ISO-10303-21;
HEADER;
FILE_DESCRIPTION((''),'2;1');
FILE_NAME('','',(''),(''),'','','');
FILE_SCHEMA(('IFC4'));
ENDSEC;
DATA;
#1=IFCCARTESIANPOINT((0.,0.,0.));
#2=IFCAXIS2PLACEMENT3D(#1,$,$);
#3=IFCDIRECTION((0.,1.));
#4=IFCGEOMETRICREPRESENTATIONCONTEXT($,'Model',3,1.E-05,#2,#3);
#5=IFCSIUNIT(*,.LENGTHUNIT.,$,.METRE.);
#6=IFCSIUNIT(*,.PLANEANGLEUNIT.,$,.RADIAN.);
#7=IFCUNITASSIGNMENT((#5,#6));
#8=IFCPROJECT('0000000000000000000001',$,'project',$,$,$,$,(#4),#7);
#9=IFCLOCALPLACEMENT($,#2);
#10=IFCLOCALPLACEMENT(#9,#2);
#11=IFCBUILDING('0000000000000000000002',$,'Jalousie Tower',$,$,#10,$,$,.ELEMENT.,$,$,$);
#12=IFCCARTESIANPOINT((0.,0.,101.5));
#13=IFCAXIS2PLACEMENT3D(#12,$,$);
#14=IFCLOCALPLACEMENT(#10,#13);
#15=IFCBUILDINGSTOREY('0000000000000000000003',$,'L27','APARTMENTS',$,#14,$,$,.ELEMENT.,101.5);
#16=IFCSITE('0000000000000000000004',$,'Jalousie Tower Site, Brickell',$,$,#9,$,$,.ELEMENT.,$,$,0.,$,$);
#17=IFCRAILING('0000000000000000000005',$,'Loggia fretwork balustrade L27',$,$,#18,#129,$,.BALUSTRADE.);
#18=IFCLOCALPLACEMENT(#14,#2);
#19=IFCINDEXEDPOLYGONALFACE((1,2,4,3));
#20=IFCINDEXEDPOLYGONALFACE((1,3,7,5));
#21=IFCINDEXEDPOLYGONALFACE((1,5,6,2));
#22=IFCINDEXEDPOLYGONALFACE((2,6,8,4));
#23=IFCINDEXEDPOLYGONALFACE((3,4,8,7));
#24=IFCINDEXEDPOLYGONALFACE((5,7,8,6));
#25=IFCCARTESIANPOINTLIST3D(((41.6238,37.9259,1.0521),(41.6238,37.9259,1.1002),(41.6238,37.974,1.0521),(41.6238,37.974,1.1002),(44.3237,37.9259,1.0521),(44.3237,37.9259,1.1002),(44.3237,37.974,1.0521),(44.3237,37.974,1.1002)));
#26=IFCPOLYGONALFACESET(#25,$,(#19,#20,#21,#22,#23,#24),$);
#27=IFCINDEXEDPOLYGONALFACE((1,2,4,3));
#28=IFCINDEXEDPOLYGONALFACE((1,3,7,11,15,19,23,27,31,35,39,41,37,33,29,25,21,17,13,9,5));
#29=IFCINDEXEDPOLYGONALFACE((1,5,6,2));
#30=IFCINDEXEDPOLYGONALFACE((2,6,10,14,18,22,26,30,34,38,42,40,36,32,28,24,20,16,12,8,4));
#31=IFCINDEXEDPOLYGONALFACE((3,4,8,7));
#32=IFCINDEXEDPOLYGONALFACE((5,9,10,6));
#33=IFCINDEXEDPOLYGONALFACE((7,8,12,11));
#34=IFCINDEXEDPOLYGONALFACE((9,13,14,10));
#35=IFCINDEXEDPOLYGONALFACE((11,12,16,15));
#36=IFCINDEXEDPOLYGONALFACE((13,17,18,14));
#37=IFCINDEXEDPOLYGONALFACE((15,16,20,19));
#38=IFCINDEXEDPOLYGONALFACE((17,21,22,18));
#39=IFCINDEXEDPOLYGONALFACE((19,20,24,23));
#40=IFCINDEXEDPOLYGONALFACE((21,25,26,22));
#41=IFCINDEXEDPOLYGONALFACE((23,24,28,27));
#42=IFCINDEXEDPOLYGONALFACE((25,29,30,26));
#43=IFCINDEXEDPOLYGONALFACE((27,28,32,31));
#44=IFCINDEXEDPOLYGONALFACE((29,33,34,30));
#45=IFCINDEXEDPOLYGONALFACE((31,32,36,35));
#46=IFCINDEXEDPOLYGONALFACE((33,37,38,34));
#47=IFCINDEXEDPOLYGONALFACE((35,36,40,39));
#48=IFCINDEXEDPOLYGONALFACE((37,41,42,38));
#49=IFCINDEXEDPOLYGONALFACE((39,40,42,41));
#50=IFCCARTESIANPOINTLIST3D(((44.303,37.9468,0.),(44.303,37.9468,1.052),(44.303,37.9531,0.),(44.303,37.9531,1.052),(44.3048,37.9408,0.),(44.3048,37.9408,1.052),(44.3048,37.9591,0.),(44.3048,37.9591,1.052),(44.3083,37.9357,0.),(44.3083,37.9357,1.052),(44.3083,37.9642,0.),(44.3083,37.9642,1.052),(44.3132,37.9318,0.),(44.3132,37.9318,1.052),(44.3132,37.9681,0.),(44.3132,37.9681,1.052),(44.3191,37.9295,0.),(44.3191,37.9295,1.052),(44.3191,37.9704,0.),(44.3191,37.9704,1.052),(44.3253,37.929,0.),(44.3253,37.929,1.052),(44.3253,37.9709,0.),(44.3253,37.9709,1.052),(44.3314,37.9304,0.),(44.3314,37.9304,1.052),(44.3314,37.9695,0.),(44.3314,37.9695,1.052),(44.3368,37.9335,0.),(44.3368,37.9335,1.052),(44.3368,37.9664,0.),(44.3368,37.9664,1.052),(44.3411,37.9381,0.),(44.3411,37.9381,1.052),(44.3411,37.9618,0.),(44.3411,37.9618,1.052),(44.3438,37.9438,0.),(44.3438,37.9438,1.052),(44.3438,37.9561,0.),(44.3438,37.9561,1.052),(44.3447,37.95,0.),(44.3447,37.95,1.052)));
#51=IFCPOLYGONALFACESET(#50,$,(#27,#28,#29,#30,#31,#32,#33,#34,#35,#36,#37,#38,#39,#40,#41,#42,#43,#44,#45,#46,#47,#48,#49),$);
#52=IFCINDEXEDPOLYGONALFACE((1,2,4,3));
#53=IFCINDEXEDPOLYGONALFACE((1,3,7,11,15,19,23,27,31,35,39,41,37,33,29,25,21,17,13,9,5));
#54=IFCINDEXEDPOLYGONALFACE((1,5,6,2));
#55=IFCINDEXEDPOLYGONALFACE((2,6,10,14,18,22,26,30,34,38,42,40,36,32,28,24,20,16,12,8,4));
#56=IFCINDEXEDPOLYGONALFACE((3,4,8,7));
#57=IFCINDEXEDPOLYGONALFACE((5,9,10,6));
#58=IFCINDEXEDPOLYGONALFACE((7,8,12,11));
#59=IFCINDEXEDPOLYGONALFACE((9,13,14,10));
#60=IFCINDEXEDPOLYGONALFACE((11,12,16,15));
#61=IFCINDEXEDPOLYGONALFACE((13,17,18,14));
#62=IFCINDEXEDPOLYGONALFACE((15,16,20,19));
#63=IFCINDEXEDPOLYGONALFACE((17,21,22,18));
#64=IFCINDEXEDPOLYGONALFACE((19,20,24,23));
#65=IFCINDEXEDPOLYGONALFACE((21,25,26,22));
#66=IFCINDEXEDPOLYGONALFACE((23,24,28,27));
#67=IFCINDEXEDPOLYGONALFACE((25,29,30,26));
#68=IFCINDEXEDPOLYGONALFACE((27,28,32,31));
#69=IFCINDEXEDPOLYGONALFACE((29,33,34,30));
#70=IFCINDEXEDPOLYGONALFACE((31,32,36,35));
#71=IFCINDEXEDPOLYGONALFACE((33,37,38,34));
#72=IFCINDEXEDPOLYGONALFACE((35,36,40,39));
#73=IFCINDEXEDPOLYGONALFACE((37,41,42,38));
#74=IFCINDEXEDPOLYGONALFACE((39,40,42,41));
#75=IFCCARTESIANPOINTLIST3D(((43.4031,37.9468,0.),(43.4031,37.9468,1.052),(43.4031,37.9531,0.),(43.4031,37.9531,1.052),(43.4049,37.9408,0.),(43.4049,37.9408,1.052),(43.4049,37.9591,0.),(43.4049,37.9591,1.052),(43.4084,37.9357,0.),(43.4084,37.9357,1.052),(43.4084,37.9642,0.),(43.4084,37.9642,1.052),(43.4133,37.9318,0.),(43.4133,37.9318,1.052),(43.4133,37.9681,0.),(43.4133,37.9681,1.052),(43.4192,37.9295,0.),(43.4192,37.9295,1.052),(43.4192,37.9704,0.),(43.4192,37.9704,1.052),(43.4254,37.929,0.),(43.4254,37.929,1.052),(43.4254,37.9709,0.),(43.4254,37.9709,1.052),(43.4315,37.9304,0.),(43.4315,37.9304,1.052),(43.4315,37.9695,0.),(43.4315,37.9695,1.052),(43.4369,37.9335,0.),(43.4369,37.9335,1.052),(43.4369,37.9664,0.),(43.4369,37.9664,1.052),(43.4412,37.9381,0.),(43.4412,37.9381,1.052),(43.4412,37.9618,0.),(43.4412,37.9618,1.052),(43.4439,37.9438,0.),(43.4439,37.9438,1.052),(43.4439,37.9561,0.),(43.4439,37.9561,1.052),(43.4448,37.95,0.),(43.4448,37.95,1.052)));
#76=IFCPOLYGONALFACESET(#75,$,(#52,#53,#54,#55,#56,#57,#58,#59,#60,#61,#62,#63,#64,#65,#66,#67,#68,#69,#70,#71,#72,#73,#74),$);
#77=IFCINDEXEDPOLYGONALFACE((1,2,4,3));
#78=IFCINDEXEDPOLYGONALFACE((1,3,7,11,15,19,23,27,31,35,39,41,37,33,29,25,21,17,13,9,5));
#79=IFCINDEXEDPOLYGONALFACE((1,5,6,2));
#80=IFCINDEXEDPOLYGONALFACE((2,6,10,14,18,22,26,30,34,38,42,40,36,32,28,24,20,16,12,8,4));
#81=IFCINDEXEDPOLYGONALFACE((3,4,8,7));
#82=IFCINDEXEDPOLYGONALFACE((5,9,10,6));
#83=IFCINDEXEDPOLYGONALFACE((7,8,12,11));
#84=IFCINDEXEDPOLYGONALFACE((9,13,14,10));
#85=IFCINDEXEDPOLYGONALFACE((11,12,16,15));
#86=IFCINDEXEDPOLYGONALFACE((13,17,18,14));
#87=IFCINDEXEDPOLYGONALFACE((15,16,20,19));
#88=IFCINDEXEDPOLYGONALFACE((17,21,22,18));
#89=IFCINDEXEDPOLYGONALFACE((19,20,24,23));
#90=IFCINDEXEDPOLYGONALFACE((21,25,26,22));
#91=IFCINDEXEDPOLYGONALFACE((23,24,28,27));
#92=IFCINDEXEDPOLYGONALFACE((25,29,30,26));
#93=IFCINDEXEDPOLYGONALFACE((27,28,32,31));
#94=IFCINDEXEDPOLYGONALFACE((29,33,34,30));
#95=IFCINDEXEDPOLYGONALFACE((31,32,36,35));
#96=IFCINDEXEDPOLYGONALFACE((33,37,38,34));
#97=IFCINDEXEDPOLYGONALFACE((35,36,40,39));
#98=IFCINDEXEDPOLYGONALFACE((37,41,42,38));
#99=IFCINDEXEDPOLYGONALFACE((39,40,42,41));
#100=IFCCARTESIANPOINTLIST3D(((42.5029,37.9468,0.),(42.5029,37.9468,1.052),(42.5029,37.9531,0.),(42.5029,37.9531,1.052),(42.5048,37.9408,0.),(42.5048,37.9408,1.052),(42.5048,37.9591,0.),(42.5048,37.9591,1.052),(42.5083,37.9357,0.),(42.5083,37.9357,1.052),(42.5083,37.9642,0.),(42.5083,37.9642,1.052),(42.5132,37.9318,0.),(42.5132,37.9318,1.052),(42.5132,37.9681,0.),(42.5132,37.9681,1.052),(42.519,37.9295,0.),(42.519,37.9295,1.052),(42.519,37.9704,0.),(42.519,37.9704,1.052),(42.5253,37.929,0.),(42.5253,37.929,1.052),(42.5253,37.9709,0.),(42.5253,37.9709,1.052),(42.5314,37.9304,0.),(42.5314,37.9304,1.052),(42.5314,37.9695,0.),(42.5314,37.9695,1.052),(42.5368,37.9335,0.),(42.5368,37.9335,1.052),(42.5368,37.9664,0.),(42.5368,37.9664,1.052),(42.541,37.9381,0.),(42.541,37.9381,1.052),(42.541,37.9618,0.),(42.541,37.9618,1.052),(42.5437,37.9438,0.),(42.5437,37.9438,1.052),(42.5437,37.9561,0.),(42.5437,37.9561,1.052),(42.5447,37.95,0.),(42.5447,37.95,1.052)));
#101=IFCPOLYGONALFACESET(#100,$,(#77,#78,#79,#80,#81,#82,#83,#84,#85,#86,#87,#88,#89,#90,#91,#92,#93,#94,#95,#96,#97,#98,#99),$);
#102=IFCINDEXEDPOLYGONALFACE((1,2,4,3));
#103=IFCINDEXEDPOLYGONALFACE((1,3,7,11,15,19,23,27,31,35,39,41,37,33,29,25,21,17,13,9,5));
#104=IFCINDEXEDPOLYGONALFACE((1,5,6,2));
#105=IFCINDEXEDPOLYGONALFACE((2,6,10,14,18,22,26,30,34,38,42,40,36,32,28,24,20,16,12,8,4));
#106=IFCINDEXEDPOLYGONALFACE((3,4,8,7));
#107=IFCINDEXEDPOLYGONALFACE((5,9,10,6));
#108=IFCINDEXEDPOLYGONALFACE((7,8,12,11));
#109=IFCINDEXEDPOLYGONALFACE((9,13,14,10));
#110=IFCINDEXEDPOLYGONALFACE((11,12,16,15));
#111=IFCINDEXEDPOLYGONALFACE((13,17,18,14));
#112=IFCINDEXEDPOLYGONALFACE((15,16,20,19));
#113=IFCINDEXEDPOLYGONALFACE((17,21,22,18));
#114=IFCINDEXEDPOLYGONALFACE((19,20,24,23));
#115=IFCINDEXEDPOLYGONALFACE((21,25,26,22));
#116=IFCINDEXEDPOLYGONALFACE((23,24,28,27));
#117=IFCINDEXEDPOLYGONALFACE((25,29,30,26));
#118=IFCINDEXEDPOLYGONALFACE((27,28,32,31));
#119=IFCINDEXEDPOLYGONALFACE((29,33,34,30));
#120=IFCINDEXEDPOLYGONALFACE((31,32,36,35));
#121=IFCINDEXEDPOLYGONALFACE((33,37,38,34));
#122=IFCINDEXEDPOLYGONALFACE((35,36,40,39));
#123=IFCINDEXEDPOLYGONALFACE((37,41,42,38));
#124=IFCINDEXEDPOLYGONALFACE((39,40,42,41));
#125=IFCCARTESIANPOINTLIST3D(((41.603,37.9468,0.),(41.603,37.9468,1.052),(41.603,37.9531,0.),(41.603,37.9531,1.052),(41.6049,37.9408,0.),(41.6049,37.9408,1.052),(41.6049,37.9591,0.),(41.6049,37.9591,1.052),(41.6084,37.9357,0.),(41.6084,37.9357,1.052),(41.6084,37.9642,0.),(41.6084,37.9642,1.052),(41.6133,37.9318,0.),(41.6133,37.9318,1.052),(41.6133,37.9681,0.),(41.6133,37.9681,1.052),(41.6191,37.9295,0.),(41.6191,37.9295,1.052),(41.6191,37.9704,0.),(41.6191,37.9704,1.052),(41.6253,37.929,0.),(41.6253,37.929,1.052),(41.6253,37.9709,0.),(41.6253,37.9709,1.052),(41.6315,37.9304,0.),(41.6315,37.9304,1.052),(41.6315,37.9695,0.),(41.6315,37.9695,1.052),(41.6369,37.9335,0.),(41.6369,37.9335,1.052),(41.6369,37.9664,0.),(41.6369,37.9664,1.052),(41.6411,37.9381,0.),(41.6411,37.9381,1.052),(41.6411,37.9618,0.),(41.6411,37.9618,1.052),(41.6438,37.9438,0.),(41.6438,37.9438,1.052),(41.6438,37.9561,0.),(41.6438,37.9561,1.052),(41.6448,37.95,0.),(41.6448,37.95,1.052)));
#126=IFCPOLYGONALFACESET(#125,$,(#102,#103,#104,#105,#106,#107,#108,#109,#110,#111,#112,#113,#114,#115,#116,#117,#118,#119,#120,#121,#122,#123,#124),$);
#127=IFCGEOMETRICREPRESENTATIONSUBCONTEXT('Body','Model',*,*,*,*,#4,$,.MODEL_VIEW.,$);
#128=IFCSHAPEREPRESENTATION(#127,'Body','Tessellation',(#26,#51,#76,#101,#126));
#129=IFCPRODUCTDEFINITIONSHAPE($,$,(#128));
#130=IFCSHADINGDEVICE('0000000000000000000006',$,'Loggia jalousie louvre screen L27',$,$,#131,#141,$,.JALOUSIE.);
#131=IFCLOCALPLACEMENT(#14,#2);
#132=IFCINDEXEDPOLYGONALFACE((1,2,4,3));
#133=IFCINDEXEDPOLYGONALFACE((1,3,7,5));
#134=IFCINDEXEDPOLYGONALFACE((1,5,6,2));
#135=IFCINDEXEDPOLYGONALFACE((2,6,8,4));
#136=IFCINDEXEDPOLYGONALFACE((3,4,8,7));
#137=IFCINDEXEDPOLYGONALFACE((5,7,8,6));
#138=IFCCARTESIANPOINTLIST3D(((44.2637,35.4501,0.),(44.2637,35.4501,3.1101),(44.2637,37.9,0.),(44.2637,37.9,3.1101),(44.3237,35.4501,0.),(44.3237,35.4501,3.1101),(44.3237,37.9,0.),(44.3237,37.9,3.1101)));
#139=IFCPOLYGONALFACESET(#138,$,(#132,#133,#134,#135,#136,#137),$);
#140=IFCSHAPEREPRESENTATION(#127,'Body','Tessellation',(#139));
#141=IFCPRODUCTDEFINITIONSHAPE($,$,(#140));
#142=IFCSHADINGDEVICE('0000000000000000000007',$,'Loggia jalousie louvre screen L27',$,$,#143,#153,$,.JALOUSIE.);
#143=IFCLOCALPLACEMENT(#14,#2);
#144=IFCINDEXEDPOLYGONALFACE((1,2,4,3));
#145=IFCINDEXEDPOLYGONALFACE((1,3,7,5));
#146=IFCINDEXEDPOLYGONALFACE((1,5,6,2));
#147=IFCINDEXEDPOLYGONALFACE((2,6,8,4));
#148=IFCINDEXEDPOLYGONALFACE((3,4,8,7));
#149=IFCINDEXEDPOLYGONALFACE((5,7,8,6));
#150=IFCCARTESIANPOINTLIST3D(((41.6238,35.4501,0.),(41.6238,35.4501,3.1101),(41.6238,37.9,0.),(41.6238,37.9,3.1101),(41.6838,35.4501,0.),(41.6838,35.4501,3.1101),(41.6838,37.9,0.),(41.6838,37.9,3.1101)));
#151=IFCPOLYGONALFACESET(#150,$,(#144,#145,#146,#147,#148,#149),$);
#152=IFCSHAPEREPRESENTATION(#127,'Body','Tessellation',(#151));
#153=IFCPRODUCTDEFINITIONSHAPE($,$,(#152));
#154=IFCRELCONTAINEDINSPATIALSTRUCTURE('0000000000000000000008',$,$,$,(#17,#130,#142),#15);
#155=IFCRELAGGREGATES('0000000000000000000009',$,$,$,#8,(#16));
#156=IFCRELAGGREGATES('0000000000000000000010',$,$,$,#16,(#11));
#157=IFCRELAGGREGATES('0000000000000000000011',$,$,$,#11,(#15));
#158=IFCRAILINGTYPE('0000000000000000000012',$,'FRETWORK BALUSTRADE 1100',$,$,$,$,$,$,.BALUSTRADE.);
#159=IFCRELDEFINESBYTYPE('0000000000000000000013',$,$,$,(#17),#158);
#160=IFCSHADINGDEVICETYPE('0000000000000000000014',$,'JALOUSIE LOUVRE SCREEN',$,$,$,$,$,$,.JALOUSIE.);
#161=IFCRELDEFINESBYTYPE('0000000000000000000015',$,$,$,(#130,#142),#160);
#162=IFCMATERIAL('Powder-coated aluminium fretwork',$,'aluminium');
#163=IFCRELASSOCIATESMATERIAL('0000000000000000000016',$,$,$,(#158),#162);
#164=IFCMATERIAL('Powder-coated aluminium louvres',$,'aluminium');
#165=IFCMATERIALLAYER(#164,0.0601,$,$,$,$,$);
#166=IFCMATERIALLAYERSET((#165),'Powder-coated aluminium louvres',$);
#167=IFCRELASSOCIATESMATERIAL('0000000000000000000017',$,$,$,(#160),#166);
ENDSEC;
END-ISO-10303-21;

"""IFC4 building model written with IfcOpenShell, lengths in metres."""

from ifc_helpers import new_model, si_unit, direction, frame, origin, origin_2d, place, context, subcontext, project, spatial, rectangle, circle, extrude, material, layer, layer_set, type_object, element, save


model = new_model("IFC4")

# Units and contexts
model_context = context("Model", 3, precision=1e-05, world=origin(), true_north=direction((0.0, 1.0)))
body_context = subcontext(model_context, "Body", "Model", "MODEL_VIEW")
ifc_project = project(units=[si_unit("LENGTHUNIT", "METRE"), si_unit("PLANEANGLEUNIT", "RADIAN")], contexts=[model_context])

# Site, building, storey
site_placement = place(None, origin())
site = spatial("IfcSite", under=ifc_project, at=site_placement, Name="Jalousie Tower Site, Brickell", CompositionType="ELEMENT", RefElevation=0.0)
building_placement = place(site_placement, origin())
building = spatial("IfcBuilding", under=site, at=building_placement, Name="Jalousie Tower", CompositionType="ELEMENT")
storey_placement = place(building_placement, frame((0.0, 0.0, 101.5)))
storey = spatial("IfcBuildingStorey", under=building, at=storey_placement, Name="L27", Description="APARTMENTS", CompositionType="ELEMENT", Elevation=101.5)

# Railing
ifc_material_1 = material(Name="Powder-coated aluminium fretwork", Category="aluminium")
railing_type = type_object("IfcRailingType", Name="FRETWORK BALUSTRADE 1100", PredefinedType="BALUSTRADE", material=ifc_material_1)
railing_placement = place(storey_placement, frame((44.3237, 37.95, 0.0)))
element("IfcRailing", 1, at=railing_placement, inside=storey, type_object=railing_type, Name="Loggia fretwork balustrade L27", PredefinedType="BALUSTRADE", context=body_context, shape_type="SweptSolid", body=[
    extrude(rectangle(XDim=0.0481, YDim=0.0481, at=origin_2d()), frame((0.0, 0.0, 1.0762), z_axis=(-1.0, 0.0, 0.0), x_axis=(0.0, -1.0, 0.0)), (0.0, 0.0, 1.0), 2.7),
    extrude(circle(Radius=0.021, at=origin_2d()), origin(), (0.0, 0.0, 1.0), 1.052),
    extrude(circle(Radius=0.021, at=origin_2d()), frame((-0.8999, 0.0, 0.0)), (0.0, 0.0, 1.0), 1.052),
    extrude(circle(Radius=0.021, at=origin_2d()), frame((-1.8, 0.0, 0.0)), (0.0, 0.0, 1.0), 1.052),
    extrude(circle(Radius=0.021, at=origin_2d()), frame((-2.7, 0.0, 0.0)), (0.0, 0.0, 1.0), 1.052),
])

# Shading devices
ifc_material_2 = material(Name="Powder-coated aluminium louvres", Category="aluminium")
ifc_layer_1 = layer(ifc_material_2, 0.0601)
ifc_layer_set_1 = layer_set([ifc_layer_1], Name="Powder-coated aluminium louvres")
shading_device_type_1 = type_object("IfcShadingDeviceType", Name="JALOUSIE LOUVRE SCREEN", PredefinedType="JALOUSIE", material=ifc_layer_set_1)
for number, where, z_axis, x_axis, name in (
    (2, (44.2937, 36.675, 0.0), (0.0, 0.0, 1.0), (-1.0, 0.0, 0.0), "Loggia jalousie louvre screen L27"),
    (3, (41.6538, 36.675, 0.0), (0.0, 0.0, 1.0), (-1.0, 0.0, 0.0), "Loggia jalousie louvre screen L27"),
):
    element("IfcShadingDevice", number, at=place(storey_placement, frame(where, z_axis=z_axis, x_axis=x_axis)), inside=storey, type_object=shading_device_type_1, Name=name, PredefinedType="JALOUSIE", context=body_context, shape_type="SweptSolid", body=[
        extrude(rectangle(XDim=0.0601, YDim=2.45, at=origin_2d()), origin(), (0.0, 0.0, 1.0), 3.1101),
    ])

save(model, "model.ifc")
